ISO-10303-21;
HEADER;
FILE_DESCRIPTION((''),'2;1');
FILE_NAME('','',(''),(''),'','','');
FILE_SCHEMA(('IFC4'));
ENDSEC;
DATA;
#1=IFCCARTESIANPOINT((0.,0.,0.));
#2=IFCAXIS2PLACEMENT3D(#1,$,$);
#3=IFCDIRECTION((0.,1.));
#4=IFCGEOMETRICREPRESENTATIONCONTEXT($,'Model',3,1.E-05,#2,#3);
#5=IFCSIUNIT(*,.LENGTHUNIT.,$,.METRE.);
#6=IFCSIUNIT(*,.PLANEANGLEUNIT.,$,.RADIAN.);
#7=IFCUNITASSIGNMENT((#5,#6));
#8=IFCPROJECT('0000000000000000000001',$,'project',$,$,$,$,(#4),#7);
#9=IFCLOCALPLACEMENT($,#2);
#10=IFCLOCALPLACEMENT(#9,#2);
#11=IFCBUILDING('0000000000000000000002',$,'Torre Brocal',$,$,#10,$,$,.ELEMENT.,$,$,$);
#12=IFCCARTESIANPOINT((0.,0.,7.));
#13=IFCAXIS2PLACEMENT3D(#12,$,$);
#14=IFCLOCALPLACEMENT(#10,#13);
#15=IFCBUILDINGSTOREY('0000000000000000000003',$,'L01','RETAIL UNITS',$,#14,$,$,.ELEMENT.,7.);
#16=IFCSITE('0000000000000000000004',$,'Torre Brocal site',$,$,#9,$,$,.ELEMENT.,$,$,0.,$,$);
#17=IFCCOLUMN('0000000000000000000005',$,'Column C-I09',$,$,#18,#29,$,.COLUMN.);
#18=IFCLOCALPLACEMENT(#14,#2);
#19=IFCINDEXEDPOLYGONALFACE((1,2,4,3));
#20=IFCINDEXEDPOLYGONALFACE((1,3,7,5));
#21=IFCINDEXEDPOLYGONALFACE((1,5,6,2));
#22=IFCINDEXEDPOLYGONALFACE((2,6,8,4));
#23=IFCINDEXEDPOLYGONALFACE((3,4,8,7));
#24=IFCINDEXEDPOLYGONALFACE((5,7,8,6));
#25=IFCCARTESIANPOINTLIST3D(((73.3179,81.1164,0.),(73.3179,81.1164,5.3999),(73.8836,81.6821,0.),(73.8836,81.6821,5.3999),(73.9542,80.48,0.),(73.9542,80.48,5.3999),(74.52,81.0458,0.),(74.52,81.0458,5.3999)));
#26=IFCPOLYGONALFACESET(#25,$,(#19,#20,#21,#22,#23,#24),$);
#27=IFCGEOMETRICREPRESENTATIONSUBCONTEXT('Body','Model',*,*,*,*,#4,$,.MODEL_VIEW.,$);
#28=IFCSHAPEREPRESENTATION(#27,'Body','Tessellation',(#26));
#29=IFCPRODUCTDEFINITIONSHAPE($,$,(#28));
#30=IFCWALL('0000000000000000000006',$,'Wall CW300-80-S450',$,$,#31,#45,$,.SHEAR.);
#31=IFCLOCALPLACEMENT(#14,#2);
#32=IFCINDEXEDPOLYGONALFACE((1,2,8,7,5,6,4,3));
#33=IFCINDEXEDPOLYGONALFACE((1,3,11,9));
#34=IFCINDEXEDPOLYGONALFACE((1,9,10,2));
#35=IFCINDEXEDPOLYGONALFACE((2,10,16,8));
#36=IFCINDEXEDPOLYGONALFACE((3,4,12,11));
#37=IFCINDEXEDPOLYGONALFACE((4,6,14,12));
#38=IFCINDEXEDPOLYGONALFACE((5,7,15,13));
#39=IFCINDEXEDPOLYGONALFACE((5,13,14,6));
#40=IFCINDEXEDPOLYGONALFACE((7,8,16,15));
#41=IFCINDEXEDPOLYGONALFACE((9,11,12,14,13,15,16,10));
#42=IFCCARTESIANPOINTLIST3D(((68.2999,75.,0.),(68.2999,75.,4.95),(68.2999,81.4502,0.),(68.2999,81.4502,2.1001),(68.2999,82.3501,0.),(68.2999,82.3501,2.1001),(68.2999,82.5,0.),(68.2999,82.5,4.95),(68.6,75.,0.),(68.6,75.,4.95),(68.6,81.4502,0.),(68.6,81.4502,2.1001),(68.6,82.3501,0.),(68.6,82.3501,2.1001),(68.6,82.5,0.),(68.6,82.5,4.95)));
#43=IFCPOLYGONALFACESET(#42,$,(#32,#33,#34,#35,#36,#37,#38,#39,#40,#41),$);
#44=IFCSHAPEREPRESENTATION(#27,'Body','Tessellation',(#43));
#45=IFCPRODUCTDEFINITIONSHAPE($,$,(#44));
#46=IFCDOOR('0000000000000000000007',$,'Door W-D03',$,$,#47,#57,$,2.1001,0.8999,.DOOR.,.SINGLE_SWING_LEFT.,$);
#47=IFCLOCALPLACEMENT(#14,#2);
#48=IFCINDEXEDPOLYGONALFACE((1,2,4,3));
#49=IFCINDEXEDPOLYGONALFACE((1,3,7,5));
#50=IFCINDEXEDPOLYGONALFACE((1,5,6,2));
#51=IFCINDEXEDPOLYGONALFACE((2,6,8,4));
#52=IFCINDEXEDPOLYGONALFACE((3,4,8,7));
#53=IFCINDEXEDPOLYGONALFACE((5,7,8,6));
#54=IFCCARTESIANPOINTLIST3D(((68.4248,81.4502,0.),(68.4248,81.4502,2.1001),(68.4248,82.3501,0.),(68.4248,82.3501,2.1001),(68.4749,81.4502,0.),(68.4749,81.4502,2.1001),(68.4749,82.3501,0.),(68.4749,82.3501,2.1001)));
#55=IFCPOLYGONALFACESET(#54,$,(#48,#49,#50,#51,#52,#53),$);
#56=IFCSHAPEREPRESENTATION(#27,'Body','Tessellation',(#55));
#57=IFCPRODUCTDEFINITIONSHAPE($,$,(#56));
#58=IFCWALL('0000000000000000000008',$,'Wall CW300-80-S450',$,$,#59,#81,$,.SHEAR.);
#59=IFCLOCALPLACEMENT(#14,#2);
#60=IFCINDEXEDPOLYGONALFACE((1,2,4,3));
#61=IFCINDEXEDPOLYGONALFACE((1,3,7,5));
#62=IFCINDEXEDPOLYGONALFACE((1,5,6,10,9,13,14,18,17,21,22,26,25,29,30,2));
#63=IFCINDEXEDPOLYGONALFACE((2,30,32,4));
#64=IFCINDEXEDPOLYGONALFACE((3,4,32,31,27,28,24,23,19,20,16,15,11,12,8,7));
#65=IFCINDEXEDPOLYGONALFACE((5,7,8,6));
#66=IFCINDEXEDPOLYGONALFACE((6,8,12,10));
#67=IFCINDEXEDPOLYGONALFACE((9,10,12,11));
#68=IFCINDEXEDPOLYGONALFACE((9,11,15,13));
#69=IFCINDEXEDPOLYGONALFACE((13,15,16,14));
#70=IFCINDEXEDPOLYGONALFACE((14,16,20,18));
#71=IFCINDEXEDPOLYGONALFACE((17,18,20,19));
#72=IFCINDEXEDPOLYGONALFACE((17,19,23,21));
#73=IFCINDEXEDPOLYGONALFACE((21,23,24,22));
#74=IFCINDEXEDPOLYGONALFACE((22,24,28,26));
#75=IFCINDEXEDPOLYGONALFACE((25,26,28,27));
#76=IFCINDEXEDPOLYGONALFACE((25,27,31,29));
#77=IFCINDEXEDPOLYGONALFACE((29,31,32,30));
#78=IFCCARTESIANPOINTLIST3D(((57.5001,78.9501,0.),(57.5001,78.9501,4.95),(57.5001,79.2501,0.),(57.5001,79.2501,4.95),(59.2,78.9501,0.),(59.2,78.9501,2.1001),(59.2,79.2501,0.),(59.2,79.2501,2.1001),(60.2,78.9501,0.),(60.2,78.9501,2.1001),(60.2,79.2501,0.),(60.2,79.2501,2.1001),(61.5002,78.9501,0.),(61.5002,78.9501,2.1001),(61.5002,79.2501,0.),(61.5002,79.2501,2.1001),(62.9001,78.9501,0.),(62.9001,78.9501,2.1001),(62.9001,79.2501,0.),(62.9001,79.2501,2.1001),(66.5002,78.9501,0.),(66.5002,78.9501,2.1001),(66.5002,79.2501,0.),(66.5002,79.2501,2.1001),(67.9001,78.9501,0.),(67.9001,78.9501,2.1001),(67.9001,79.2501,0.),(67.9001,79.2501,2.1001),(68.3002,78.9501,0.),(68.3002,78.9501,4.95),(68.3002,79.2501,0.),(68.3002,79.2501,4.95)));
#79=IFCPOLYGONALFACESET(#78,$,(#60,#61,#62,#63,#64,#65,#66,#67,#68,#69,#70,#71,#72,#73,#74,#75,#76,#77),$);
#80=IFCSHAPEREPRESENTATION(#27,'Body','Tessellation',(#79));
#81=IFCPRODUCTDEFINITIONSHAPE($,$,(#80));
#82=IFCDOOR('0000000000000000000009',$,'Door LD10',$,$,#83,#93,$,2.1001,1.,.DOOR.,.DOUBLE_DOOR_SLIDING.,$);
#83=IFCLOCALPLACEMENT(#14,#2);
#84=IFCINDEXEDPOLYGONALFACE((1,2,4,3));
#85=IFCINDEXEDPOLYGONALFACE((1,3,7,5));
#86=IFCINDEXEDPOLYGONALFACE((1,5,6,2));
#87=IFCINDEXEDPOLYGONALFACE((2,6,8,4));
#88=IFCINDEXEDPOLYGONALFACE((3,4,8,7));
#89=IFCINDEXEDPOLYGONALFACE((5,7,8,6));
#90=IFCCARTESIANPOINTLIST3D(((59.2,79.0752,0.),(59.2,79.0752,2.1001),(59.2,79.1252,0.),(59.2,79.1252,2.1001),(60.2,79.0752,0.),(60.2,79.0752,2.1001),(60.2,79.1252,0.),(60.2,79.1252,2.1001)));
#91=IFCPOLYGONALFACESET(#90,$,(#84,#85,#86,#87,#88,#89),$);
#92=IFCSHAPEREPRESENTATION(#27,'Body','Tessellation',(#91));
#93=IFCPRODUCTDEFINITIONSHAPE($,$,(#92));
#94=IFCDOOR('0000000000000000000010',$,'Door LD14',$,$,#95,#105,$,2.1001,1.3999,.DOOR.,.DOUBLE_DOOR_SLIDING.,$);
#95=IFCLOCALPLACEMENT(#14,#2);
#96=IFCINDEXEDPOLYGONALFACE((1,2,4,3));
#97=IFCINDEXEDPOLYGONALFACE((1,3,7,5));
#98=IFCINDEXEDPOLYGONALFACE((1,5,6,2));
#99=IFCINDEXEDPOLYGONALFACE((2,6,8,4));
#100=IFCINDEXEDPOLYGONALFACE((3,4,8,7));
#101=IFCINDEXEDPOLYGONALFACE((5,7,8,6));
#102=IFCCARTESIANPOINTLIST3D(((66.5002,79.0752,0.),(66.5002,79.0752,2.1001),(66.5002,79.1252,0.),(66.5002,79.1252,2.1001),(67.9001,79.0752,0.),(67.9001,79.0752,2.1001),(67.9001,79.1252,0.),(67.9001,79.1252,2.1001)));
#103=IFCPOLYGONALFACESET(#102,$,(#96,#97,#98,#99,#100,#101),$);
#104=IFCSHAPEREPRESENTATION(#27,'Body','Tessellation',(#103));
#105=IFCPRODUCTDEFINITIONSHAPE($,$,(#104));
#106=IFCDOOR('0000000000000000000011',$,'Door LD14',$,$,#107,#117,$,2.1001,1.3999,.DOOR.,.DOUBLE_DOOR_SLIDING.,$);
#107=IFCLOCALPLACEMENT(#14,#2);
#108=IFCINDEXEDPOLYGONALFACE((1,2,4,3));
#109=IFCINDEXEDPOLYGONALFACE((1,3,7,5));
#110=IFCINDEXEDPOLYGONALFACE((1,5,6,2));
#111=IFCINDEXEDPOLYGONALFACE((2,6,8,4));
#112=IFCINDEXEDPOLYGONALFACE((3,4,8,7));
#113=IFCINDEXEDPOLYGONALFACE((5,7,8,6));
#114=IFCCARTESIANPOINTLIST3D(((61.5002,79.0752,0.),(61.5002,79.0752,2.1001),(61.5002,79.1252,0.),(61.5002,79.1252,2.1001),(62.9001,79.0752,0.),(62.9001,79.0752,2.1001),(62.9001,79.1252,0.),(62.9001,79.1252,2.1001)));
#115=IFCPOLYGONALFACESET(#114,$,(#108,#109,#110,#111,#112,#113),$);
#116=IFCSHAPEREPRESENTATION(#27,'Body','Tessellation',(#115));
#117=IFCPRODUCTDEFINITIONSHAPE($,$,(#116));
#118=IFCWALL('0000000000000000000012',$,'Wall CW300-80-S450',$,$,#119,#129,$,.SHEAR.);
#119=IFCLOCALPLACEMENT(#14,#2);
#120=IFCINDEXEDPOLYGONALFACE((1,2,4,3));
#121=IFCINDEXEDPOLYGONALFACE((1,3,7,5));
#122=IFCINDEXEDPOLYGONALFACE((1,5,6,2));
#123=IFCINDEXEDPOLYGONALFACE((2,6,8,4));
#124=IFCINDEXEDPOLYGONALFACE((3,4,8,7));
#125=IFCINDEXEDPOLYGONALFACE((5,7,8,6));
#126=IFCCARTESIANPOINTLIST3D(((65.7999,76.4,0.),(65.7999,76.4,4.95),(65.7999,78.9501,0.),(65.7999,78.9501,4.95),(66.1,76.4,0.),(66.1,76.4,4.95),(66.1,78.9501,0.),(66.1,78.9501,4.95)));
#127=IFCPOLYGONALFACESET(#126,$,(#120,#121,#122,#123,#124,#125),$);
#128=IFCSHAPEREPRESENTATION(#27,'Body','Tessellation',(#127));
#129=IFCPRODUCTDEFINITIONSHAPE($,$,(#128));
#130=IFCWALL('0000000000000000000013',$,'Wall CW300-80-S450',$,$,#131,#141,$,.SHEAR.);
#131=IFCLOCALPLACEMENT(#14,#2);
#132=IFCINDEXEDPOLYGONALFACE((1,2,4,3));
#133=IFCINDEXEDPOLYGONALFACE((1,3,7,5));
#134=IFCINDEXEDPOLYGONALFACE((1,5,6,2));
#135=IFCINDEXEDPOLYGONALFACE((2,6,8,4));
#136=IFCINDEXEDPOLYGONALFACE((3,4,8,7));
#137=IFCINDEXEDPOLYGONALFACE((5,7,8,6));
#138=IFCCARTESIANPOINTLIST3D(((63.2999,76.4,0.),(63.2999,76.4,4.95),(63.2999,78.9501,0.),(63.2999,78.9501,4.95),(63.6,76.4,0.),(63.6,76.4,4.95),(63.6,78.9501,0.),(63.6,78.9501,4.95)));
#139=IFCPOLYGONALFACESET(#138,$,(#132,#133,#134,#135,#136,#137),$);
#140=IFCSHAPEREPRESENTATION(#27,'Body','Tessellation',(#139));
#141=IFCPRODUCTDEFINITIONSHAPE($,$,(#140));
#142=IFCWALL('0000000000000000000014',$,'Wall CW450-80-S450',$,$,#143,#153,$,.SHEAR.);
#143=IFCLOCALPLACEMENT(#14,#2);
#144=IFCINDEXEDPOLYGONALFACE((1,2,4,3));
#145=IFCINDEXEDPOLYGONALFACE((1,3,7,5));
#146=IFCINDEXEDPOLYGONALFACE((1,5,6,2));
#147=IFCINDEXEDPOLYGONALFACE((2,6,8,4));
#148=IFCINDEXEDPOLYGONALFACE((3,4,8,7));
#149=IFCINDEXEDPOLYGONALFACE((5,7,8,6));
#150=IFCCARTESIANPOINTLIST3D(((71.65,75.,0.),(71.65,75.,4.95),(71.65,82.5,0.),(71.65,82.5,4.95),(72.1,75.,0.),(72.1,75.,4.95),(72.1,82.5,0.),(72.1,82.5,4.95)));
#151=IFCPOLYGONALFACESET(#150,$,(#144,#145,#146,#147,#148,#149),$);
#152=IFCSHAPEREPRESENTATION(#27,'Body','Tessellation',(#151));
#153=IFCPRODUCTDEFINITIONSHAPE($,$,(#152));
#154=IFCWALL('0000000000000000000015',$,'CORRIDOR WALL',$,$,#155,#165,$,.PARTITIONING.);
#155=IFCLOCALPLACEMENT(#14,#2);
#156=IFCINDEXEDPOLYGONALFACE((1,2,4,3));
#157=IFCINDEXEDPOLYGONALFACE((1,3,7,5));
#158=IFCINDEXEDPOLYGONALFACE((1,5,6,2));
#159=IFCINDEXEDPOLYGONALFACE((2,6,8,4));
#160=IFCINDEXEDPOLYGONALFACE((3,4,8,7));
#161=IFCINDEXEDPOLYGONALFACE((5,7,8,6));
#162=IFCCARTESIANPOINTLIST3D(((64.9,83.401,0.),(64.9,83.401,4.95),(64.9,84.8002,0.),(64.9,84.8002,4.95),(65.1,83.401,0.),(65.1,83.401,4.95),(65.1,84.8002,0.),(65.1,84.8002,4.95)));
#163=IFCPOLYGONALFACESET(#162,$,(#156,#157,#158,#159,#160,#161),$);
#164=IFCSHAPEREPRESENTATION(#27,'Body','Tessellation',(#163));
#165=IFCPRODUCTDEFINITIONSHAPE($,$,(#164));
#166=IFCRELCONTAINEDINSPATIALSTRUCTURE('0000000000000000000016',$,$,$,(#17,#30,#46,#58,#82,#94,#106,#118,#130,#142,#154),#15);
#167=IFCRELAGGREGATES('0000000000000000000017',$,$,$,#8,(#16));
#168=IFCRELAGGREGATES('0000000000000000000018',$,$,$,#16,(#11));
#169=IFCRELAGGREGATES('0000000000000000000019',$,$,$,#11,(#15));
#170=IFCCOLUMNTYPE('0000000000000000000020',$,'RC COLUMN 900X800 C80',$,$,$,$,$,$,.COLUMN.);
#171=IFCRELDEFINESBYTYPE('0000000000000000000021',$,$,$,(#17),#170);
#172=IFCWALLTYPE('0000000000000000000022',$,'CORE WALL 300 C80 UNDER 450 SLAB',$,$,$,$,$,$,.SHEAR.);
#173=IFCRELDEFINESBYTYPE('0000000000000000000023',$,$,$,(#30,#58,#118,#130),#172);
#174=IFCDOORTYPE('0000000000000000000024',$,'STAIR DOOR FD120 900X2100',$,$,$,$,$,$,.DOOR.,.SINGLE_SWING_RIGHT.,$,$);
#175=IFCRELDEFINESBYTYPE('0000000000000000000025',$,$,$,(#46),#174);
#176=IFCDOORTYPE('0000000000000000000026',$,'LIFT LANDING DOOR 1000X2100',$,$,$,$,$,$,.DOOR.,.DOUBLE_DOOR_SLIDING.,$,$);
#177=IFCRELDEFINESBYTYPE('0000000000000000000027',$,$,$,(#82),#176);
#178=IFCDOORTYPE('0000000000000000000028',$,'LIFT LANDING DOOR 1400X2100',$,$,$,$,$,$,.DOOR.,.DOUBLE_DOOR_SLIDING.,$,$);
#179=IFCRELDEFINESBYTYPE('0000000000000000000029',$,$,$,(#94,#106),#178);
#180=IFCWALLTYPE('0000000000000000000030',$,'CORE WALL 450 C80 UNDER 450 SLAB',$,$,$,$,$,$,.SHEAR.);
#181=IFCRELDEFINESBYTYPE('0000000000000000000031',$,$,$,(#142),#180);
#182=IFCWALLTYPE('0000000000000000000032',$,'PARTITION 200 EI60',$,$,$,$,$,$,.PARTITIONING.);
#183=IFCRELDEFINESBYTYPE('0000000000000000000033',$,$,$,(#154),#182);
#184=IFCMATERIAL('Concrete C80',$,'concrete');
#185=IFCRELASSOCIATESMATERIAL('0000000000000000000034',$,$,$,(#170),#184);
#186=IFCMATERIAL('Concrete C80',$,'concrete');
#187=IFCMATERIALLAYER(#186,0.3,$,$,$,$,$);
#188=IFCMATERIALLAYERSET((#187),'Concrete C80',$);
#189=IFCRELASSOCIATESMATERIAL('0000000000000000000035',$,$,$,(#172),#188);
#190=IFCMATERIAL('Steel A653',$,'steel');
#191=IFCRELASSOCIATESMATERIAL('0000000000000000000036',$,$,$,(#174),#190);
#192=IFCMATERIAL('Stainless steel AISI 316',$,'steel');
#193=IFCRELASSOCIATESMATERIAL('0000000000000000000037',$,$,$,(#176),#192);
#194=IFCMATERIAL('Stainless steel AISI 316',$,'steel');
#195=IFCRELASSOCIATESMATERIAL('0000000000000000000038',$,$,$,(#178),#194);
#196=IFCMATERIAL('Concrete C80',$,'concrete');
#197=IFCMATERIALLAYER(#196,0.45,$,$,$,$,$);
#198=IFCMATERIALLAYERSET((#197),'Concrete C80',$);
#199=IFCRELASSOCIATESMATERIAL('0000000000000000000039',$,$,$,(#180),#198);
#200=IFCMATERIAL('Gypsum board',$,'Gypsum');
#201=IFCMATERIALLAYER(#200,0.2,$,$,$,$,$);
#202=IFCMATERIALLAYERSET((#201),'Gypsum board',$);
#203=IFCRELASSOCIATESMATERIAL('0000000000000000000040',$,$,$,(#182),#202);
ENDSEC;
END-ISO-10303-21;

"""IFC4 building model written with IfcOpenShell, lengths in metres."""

from ifc_helpers import new_model, si_unit, direction, frame, frame_2d, origin, origin_2d, place, context, subcontext, project, spatial, rectangle, extrude, material, layer, layer_set, material_profile, profile_set, type_object, element, fill, save


model = new_model("IFC4")

# Units and contexts
model_context = context("Model", 3, precision=1e-05, world=origin(), true_north=direction((0.0, 1.0)))
body_context = subcontext(model_context, "Body", "Model", "MODEL_VIEW")
ifc_project = project(units=[si_unit("LENGTHUNIT", "METRE"), si_unit("PLANEANGLEUNIT", "RADIAN")], contexts=[model_context])

# Site, building, storey
site_placement = place(None, origin())
site = spatial("IfcSite", under=ifc_project, at=site_placement, Name="Torre Brocal site", CompositionType="ELEMENT", RefElevation=0.0)
building_placement = place(site_placement, origin())
building = spatial("IfcBuilding", under=site, at=building_placement, Name="Torre Brocal", CompositionType="ELEMENT")
storey_placement = place(building_placement, frame((0.0, 0.0, 7.0)))
storey = spatial("IfcBuildingStorey", under=building, at=storey_placement, Name="L01", Description="RETAIL UNITS", CompositionType="ELEMENT", Elevation=7.0)

# Column
ifc_material_1 = material(Name="Concrete C80", Category="concrete")
ifc_material_profile = material_profile(ifc_material_1, rectangle(XDim=0.8999, YDim=0.8, at=origin_2d()), Name="RC 900X800")
ifc_profile_set = profile_set([ifc_material_profile], Name="Concrete C80")
column_type = type_object("IfcColumnType", Name="RC COLUMN 900X800 C80", PredefinedType="COLUMN", material=ifc_profile_set)
column_placement = place(storey_placement, frame((73.9189, 81.0811, 0.0), z_axis=(0.0, 0.0, 1.0), x_axis=(-0.707107, 0.707107, 0.0)))
element("IfcColumn", 1, at=column_placement, inside=storey, type_object=column_type, Name="Column C-I09", PredefinedType="COLUMN", context=body_context, shape_type="SweptSolid", body=[
    extrude(rectangle(XDim=0.8999, YDim=0.8, at=origin_2d()), origin(), (0.0, 0.0, 1.0), 5.3999),
])

# Wall, opening, door
ifc_material_2 = material(Name="Concrete C80", Category="concrete")
ifc_layer_1 = layer(ifc_material_2, 0.3)
ifc_layer_set_1 = layer_set([ifc_layer_1], Name="Concrete C80")
wall_type_1 = type_object("IfcWallType", Name="CORE WALL 300 C80 UNDER 450 SLAB", PredefinedType="SHEAR", material=ifc_layer_set_1)
wall_1_placement = place(storey_placement, frame((68.45, 82.5, 0.0), z_axis=(0.0, 0.0, 1.0), x_axis=(0.0, -1.0, 0.0)))
wall_1 = element("IfcWall", 2, at=wall_1_placement, inside=storey, type_object=wall_type_1, Name="Wall CW300-80-S450", PredefinedType="SHEAR", context=body_context, shape_type="SweptSolid", body=[
    extrude(rectangle(XDim=7.5, YDim=0.3, at=frame_2d((3.75, 0.0))), origin(), (0.0, 0.0, 1.0), 4.95),
])
opening_1_placement = place(wall_1_placement, frame((0.1499, 0.0, 0.0)))
opening_1 = element("IfcOpeningElement", 3, at=opening_1_placement, cuts=wall_1, PredefinedType="OPENING", context=body_context, shape_type="SweptSolid", body=[
    extrude(rectangle(XDim=0.8999, YDim=2.1001, at=frame_2d((0.45, 1.05))), frame((0.0, 0.1599, 0.0), z_axis=(0.0, -1.0, 0.0), x_axis=(1.0, 0.0, 0.0)), (0.0, 0.0, 1.0), 0.3201),
])
ifc_material_3 = material(Name="Steel A653", Category="steel")
door_type_1 = type_object("IfcDoorType", Name="STAIR DOOR FD120 900X2100", OperationType="SINGLE_SWING_RIGHT", PredefinedType="DOOR", material=ifc_material_3)
door_1_placement = place(opening_1_placement, origin())
door_1 = element("IfcDoor", 4, at=door_1_placement, inside=storey, type_object=door_type_1, Name="Door W-D03", OperationType="SINGLE_SWING_LEFT", OverallHeight=2.1001, OverallWidth=0.8999, PredefinedType="DOOR", context=body_context, shape_type="SweptSolid", body=[
    extrude(rectangle(XDim=0.8999, YDim=2.1001, at=frame_2d((0.45, 1.05))), frame((0.0, 0.0249, 0.0), z_axis=(0.0, -1.0, 0.0), x_axis=(1.0, 0.0, 0.0)), (0.0, 0.0, 1.0), 0.05),
])
fill(opening_1, door_1)

# Wall, openings, doors
wall_2_placement = place(storey_placement, frame((68.3, 79.1001, 0.0), z_axis=(0.0, 0.0, 1.0), x_axis=(-1.0, 0.0, 0.0)))
wall_2 = element("IfcWall", 5, at=wall_2_placement, inside=storey, type_object=wall_type_1, Name="Wall CW300-80-S450", PredefinedType="SHEAR", context=body_context, shape_type="SweptSolid", body=[
    extrude(rectangle(XDim=10.8, YDim=0.3, at=frame_2d((5.3999, 0.0))), origin(), (0.0, 0.0, 1.0), 4.95),
])
opening_2_placement = place(wall_2_placement, frame((0.3999, 0.0, 0.0)))
opening_2 = element("IfcOpeningElement", 6, at=opening_2_placement, cuts=wall_2, PredefinedType="OPENING", context=body_context, shape_type="SweptSolid", body=[
    extrude(rectangle(XDim=1.3999, YDim=2.1001, at=frame_2d((0.7, 1.05))), frame((0.0, 0.1599, 0.0), z_axis=(0.0, -1.0, 0.0), x_axis=(1.0, 0.0, 0.0)), (0.0, 0.0, 1.0), 0.3201),
])
opening_3_placement = place(wall_2_placement, frame((5.3999, 0.0, 0.0)))
opening_3 = element("IfcOpeningElement", 7, at=opening_3_placement, cuts=wall_2, PredefinedType="OPENING", context=body_context, shape_type="SweptSolid", body=[
    extrude(rectangle(XDim=1.3999, YDim=2.1001, at=frame_2d((0.7, 1.05))), frame((0.0, 0.1599, 0.0), z_axis=(0.0, -1.0, 0.0), x_axis=(1.0, 0.0, 0.0)), (0.0, 0.0, 1.0), 0.3201),
])
opening_4_placement = place(wall_2_placement, frame((8.1001, 0.0, 0.0)))
opening_4 = element("IfcOpeningElement", 8, at=opening_4_placement, cuts=wall_2, PredefinedType="OPENING", context=body_context, shape_type="SweptSolid", body=[
    extrude(rectangle(XDim=1.0, YDim=2.1001, at=frame_2d((0.5, 1.05))), frame((0.0, 0.1599, 0.0), z_axis=(0.0, -1.0, 0.0), x_axis=(1.0, 0.0, 0.0)), (0.0, 0.0, 1.0), 0.3201),
])
ifc_material_4 = material(Name="Stainless steel AISI 316", Category="steel")
door_type_2 = type_object("IfcDoorType", Name="LIFT LANDING DOOR 1000X2100", OperationType="DOUBLE_DOOR_SLIDING", PredefinedType="DOOR", material=ifc_material_4)
door_2_placement = place(opening_4_placement, origin())
door_2 = element("IfcDoor", 9, at=door_2_placement, inside=storey, type_object=door_type_2, Name="Door LD10", OperationType="DOUBLE_DOOR_SLIDING", OverallHeight=2.1001, OverallWidth=1.0, PredefinedType="DOOR", context=body_context, shape_type="SweptSolid", body=[
    extrude(rectangle(XDim=1.0, YDim=2.1001, at=frame_2d((0.5, 1.05))), frame((0.0, 0.0249, 0.0), z_axis=(0.0, -1.0, 0.0), x_axis=(1.0, 0.0, 0.0)), (0.0, 0.0, 1.0), 0.05),
])
fill(opening_4, door_2)
ifc_material_5 = material(Name="Stainless steel AISI 316", Category="steel")
door_type_3 = type_object("IfcDoorType", Name="LIFT LANDING DOOR 1400X2100", OperationType="DOUBLE_DOOR_SLIDING", PredefinedType="DOOR", material=ifc_material_5)
door_3_placement = place(opening_2_placement, origin())
door_3 = element("IfcDoor", 10, at=door_3_placement, inside=storey, type_object=door_type_3, Name="Door LD14", OperationType="DOUBLE_DOOR_SLIDING", OverallHeight=2.1001, OverallWidth=1.3999, PredefinedType="DOOR", context=body_context, shape_type="SweptSolid", body=[
    extrude(rectangle(XDim=1.3999, YDim=2.1001, at=frame_2d((0.7, 1.05))), frame((0.0, 0.0249, 0.0), z_axis=(0.0, -1.0, 0.0), x_axis=(1.0, 0.0, 0.0)), (0.0, 0.0, 1.0), 0.05),
])
fill(opening_2, door_3)
door_4_placement = place(opening_3_placement, origin())
door_4 = element("IfcDoor", 11, at=door_4_placement, inside=storey, type_object=door_type_3, Name="Door LD14", OperationType="DOUBLE_DOOR_SLIDING", OverallHeight=2.1001, OverallWidth=1.3999, PredefinedType="DOOR", context=body_context, shape_type="SweptSolid", body=[
    extrude(rectangle(XDim=1.3999, YDim=2.1001, at=frame_2d((0.7, 1.05))), frame((0.0, 0.0249, 0.0), z_axis=(0.0, -1.0, 0.0), x_axis=(1.0, 0.0, 0.0)), (0.0, 0.0, 1.0), 0.05),
])
fill(opening_3, door_4)

# Walls
for number, where, z_axis, x_axis, name in (
    (12, (65.95, 78.95, 0.0), (0.0, 0.0, 1.0), (0.0, -1.0, 0.0), "Wall CW300-80-S450"),
    (13, (63.45, 78.95, 0.0), (0.0, 0.0, 1.0), (0.0, -1.0, 0.0), "Wall CW300-80-S450"),
):
    element("IfcWall", number, at=place(storey_placement, frame(where, z_axis=z_axis, x_axis=x_axis)), inside=storey, type_object=wall_type_1, Name=name, PredefinedType="SHEAR", context=body_context, shape_type="SweptSolid", body=[
        extrude(rectangle(XDim=2.55, YDim=0.3, at=frame_2d((1.2749, 0.0))), origin(), (0.0, 0.0, 1.0), 4.95),
    ])
ifc_material_6 = material(Name="Concrete C80", Category="concrete")
ifc_layer_2 = layer(ifc_material_6, 0.45)
ifc_layer_set_2 = layer_set([ifc_layer_2], Name="Concrete C80")
wall_type_2 = type_object("IfcWallType", Name="CORE WALL 450 C80 UNDER 450 SLAB", PredefinedType="SHEAR", material=ifc_layer_set_2)
wall_3_placement = place(storey_placement, frame((71.875, 82.5, 0.0), z_axis=(0.0, 0.0, 1.0), x_axis=(0.0, -1.0, 0.0)))
element("IfcWall", 14, at=wall_3_placement, inside=storey, type_object=wall_type_2, Name="Wall CW450-80-S450", PredefinedType="SHEAR", context=body_context, shape_type="SweptSolid", body=[
    extrude(rectangle(XDim=7.5, YDim=0.45, at=frame_2d((3.75, 0.0))), origin(), (0.0, 0.0, 1.0), 4.95),
])

# Wall
ifc_material_7 = material(Name="Gypsum board", Category="Gypsum")
ifc_layer_3 = layer(ifc_material_7, 0.2)
ifc_layer_set_3 = layer_set([ifc_layer_3], Name="Gypsum board")
wall_type_3 = type_object("IfcWallType", Name="PARTITION 200 EI60", PredefinedType="PARTITIONING", material=ifc_layer_set_3)
wall_4_placement = place(storey_placement, frame((65.0, 83.4009, 0.0), z_axis=(0.0, 0.0, 1.0), x_axis=(0.0, 1.0, 0.0)))
element("IfcWall", 15, at=wall_4_placement, inside=storey, type_object=wall_type_3, Name="CORRIDOR WALL", PredefinedType="PARTITIONING", context=body_context, shape_type="SweptSolid", body=[
    extrude(rectangle(XDim=1.3992, YDim=0.2, at=frame_2d((0.6997, 0.0))), origin(), (0.0, 0.0, 1.0), 4.95),
])

save(model, "model.ifc")
